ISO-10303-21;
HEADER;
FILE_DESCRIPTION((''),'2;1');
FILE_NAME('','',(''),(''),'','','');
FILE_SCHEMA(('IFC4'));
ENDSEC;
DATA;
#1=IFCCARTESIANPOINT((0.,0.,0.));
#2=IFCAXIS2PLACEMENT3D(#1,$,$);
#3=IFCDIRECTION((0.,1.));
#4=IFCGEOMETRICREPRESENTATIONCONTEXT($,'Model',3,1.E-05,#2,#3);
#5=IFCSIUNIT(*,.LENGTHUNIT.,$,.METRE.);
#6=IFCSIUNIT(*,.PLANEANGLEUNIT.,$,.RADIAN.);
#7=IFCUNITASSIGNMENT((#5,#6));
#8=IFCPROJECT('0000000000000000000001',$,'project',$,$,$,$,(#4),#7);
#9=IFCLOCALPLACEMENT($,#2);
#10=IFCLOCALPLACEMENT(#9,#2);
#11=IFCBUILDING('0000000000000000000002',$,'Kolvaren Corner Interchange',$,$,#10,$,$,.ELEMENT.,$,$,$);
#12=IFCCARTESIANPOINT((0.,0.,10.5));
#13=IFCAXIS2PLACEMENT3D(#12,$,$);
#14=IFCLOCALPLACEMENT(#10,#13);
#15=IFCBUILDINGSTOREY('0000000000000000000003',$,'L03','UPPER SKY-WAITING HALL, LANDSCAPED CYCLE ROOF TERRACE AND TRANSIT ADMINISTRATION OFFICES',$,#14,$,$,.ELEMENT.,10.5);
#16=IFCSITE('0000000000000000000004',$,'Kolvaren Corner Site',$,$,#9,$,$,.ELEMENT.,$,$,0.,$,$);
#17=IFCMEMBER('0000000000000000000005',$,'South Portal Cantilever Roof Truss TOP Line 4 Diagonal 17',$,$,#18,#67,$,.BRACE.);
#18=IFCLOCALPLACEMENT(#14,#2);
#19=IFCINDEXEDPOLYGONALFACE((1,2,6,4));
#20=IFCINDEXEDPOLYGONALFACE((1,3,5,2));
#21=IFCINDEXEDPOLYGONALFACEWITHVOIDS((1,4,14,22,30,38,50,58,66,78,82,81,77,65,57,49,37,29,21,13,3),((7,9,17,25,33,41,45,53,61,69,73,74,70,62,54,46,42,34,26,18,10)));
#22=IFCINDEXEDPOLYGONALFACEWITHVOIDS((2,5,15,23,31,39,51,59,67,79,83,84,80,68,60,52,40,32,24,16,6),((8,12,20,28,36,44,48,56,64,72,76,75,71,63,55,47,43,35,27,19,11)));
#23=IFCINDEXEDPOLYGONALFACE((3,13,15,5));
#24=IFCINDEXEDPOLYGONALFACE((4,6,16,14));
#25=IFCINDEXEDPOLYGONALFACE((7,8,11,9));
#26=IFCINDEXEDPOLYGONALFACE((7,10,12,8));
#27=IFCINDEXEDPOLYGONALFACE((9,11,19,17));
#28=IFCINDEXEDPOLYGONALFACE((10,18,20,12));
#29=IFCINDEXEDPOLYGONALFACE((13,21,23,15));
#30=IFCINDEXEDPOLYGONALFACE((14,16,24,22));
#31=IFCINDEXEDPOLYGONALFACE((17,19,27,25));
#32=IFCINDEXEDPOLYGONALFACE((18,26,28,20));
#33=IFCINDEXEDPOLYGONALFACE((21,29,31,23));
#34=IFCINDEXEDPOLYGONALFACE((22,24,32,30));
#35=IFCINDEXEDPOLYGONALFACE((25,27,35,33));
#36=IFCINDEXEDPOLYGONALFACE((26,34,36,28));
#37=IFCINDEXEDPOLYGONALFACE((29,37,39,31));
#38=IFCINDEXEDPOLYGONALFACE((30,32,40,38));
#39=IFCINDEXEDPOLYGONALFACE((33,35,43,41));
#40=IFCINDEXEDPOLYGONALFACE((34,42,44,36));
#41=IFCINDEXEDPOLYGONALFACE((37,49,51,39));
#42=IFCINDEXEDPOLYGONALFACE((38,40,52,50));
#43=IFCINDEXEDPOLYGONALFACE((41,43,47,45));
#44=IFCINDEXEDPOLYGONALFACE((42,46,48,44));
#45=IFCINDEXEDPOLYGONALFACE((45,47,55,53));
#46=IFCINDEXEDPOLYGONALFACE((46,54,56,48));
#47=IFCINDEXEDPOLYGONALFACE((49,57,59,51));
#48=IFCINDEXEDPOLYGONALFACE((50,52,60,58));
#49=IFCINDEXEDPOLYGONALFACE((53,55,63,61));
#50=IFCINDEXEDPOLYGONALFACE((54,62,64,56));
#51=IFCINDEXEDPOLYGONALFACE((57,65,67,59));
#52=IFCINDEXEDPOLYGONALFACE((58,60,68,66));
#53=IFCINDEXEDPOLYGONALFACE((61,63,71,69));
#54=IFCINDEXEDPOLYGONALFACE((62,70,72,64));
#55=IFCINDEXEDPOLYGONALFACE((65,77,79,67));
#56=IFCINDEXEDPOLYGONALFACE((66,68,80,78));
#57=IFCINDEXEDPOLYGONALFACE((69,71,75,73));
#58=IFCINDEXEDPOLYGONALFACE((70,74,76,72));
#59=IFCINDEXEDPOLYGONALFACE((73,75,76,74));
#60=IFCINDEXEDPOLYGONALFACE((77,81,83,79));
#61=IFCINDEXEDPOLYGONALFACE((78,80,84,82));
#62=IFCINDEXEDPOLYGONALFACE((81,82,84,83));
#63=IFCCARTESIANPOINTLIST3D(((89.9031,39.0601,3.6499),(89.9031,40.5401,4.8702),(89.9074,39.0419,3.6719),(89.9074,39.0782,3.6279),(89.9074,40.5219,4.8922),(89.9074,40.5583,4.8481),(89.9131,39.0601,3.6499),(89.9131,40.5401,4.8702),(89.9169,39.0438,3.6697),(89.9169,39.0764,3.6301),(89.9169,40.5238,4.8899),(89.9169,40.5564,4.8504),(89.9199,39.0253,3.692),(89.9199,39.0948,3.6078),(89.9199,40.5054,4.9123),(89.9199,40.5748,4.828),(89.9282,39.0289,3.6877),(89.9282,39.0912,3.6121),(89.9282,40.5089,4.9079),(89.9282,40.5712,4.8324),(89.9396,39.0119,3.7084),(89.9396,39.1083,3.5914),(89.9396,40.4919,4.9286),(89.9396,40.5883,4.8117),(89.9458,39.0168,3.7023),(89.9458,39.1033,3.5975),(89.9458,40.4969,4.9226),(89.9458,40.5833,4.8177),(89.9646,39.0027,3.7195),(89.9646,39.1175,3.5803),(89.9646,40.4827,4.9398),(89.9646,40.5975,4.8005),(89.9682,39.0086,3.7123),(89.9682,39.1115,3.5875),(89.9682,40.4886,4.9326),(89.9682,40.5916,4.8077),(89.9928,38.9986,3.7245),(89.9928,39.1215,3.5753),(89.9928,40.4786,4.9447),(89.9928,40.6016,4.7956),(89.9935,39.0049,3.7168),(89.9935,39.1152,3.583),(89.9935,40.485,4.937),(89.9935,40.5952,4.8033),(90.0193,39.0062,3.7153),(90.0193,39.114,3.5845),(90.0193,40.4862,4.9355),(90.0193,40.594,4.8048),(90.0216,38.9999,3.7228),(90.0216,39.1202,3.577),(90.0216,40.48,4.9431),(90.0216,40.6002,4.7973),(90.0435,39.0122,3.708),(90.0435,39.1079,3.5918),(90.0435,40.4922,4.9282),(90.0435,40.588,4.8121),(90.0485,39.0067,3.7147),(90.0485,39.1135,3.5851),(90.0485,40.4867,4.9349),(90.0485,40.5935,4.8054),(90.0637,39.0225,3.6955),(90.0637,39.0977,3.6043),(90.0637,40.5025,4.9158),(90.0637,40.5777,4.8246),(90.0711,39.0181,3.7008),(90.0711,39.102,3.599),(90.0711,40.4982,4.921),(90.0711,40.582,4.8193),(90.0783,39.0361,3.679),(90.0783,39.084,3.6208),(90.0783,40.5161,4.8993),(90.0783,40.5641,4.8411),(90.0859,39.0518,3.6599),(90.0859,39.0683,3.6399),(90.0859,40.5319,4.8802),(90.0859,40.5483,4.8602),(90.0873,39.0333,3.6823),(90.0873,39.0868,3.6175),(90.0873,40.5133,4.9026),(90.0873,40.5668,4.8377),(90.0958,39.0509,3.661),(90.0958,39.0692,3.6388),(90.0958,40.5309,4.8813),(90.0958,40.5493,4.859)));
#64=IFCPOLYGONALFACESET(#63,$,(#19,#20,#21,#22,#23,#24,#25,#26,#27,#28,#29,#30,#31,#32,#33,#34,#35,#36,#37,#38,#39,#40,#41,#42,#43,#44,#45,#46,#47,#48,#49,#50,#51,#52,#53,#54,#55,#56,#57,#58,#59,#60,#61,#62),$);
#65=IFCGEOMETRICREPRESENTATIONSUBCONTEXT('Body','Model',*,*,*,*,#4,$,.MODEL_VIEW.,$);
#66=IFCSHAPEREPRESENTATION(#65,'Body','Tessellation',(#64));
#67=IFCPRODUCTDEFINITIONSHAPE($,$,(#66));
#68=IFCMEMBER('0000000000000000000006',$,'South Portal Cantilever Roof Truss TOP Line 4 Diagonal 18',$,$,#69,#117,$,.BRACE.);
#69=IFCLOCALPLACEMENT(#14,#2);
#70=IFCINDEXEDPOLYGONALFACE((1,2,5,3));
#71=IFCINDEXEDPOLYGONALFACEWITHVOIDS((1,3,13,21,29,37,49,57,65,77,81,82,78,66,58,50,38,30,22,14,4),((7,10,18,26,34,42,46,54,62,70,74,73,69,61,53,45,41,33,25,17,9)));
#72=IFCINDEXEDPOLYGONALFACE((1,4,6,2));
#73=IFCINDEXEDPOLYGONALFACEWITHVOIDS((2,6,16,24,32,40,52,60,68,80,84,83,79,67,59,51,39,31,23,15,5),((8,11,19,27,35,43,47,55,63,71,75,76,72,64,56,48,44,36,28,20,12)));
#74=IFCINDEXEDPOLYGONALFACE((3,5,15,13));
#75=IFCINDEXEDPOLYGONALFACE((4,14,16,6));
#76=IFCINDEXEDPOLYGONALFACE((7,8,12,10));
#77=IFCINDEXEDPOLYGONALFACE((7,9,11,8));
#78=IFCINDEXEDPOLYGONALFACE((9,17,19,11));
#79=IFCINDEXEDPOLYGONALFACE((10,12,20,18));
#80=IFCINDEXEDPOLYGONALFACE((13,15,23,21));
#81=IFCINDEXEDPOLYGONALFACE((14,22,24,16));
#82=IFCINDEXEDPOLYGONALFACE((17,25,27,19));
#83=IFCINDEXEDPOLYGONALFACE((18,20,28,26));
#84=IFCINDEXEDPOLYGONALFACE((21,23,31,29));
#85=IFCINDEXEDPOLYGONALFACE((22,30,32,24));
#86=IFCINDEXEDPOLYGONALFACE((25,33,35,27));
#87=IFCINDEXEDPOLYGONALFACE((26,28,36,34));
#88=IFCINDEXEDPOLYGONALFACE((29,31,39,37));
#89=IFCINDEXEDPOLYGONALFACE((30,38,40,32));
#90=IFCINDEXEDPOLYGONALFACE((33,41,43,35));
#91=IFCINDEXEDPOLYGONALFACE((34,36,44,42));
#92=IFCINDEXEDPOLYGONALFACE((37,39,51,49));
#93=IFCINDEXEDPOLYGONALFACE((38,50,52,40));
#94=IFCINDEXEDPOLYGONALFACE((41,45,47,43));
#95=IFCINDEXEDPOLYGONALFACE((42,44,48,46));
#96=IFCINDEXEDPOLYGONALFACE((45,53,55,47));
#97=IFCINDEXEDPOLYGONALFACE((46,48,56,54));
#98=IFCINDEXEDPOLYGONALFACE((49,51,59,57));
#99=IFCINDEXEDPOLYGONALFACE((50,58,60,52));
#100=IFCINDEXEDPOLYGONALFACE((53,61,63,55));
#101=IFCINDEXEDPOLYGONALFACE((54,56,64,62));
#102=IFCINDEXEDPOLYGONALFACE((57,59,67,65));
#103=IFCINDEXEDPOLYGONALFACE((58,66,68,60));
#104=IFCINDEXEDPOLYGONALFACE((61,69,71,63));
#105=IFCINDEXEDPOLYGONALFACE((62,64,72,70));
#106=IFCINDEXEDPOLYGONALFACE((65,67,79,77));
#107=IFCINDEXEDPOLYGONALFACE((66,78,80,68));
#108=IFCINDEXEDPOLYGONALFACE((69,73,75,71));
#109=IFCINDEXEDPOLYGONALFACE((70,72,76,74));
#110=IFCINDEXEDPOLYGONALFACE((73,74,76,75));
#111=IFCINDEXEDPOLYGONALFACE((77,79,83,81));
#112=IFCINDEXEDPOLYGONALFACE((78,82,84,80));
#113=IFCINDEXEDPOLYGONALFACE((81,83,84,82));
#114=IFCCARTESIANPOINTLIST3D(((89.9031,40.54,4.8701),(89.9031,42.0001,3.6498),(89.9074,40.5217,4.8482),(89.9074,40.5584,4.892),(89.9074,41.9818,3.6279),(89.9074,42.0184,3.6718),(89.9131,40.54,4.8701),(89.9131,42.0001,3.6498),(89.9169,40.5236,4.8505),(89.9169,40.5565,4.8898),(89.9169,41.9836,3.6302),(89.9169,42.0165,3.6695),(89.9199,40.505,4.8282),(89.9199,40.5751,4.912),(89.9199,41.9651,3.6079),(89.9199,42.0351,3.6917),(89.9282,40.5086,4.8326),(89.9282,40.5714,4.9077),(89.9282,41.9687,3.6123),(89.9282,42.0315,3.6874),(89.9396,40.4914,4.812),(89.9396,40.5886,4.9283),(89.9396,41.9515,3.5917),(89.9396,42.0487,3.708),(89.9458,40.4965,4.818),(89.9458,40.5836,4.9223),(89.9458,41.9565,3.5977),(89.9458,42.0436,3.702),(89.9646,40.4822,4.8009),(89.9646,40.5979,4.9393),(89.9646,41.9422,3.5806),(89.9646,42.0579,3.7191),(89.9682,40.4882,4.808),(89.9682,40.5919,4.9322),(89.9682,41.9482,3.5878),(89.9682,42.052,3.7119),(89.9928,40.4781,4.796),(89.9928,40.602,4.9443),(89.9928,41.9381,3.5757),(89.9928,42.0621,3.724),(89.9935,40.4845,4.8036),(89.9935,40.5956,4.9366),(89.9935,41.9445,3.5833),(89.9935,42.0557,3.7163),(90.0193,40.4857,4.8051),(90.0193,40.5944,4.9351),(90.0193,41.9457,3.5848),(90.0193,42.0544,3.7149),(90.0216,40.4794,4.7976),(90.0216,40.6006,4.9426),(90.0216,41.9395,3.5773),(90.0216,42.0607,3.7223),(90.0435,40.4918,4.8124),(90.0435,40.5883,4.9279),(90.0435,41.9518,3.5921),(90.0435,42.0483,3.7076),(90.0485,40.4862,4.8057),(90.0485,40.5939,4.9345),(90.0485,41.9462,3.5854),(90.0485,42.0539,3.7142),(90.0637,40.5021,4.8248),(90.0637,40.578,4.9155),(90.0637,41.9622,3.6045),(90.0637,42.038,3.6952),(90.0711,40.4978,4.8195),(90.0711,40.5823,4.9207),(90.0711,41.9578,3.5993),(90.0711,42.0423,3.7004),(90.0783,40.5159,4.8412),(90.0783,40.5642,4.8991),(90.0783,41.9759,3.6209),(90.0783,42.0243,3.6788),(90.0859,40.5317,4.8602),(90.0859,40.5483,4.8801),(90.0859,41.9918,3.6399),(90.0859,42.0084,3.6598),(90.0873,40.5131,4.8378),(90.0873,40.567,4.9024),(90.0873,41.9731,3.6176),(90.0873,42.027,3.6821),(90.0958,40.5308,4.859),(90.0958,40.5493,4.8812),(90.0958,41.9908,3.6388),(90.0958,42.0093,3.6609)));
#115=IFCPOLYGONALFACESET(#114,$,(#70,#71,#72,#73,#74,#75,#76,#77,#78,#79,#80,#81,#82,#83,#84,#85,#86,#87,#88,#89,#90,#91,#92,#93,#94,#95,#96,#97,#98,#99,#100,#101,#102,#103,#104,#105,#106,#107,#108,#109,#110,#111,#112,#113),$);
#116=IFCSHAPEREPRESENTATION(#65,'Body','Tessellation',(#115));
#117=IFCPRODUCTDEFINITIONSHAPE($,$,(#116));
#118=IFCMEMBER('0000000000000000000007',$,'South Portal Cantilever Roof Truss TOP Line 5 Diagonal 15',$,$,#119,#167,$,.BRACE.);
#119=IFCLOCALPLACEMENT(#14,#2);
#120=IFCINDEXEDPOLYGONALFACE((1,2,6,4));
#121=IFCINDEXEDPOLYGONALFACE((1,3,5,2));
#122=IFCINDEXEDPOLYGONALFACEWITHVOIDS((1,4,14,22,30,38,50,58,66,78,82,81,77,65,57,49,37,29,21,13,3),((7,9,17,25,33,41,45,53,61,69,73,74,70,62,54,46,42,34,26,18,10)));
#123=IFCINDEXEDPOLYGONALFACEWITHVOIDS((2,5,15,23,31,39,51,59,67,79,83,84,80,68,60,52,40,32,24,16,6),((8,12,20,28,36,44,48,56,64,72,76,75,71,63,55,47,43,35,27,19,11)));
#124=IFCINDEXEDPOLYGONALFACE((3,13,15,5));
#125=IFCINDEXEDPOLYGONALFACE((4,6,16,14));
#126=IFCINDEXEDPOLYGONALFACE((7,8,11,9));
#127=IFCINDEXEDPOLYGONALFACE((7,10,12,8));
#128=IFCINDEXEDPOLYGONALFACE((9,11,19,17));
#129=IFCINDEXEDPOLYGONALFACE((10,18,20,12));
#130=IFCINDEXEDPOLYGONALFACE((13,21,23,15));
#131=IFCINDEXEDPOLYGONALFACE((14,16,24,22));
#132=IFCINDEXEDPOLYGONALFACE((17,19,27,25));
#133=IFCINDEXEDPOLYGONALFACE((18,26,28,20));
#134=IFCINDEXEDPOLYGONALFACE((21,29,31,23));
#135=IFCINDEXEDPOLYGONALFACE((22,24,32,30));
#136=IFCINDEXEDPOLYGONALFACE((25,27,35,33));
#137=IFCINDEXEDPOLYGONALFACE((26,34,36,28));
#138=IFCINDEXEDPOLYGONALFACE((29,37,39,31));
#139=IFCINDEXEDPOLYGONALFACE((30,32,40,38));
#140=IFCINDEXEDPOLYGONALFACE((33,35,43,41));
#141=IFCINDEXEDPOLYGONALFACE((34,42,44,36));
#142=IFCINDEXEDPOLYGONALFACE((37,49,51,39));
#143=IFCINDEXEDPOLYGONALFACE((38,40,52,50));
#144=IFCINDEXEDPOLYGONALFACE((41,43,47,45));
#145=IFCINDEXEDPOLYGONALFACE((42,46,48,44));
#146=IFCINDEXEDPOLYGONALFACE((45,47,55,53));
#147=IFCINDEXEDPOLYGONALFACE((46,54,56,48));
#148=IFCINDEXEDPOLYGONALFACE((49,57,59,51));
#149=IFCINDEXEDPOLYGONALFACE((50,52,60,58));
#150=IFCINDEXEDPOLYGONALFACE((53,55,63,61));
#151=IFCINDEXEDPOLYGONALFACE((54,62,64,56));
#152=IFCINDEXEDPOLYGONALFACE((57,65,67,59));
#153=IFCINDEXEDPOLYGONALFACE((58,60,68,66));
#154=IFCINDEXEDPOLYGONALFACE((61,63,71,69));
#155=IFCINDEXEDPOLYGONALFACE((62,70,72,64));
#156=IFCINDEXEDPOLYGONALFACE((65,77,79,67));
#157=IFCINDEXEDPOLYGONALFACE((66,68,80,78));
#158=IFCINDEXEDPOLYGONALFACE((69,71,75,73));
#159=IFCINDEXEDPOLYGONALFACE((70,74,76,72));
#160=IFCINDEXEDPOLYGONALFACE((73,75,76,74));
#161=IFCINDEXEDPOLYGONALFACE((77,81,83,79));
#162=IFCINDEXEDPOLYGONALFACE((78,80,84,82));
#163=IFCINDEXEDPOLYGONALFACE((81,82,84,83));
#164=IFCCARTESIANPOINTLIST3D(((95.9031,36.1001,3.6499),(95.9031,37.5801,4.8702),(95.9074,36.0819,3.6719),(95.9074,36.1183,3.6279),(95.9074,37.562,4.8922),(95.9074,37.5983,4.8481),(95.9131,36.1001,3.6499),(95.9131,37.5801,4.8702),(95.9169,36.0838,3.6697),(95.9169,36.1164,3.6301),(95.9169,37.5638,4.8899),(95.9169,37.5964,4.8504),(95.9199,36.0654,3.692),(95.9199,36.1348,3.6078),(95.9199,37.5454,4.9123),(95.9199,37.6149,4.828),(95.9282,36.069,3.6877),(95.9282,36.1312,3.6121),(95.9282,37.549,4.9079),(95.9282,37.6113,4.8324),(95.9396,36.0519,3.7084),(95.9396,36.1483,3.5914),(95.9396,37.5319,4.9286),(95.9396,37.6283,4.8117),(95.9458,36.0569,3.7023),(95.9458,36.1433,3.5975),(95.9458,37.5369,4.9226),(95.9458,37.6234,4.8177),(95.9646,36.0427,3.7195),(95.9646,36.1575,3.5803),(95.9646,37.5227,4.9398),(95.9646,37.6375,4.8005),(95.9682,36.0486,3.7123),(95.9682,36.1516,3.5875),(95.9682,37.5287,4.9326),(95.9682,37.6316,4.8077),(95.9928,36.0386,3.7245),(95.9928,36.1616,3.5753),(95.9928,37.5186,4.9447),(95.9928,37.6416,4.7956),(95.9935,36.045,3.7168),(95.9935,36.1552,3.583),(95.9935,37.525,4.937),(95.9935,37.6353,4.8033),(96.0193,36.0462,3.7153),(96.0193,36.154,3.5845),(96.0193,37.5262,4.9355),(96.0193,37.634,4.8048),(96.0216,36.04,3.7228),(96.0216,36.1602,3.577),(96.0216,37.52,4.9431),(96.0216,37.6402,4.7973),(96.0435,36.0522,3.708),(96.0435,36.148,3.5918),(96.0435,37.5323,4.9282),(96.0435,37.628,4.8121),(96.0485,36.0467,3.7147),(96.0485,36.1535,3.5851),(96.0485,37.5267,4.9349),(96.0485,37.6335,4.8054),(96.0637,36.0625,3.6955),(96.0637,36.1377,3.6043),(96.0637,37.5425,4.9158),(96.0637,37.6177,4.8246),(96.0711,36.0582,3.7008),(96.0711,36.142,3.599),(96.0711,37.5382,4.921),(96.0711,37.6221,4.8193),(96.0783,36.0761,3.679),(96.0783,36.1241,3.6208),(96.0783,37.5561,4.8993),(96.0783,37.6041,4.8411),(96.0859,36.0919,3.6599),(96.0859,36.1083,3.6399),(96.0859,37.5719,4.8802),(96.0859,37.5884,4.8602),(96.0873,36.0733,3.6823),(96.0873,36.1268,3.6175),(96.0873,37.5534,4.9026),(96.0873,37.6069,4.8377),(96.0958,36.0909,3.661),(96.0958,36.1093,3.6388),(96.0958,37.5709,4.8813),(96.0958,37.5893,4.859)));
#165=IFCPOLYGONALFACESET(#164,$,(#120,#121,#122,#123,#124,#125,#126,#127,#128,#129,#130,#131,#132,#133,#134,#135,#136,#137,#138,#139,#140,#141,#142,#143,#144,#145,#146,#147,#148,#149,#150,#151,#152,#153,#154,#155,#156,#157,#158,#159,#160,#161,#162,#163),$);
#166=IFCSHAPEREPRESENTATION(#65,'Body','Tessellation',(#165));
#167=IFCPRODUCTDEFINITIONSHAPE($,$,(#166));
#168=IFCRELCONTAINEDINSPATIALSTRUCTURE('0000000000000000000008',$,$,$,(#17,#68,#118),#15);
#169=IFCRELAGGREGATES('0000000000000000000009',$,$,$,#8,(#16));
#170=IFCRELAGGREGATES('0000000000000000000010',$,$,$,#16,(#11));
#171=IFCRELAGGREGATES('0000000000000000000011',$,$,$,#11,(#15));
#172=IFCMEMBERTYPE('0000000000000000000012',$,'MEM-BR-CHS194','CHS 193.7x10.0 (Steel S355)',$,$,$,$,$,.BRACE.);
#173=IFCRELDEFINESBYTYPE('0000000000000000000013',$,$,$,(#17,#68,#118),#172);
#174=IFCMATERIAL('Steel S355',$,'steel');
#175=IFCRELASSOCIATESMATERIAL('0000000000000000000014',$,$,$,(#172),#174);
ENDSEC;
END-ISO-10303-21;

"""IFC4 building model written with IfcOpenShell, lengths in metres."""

from ifc_helpers import new_model, si_unit, direction, frame, origin, origin_2d, place, context, subcontext, project, spatial, hollow_circle, extrude, material, material_profile, profile_set, type_object, element, save


model = new_model("IFC4")

# Units and contexts
model_context = context("Model", 3, precision=1e-05, world=origin(), true_north=direction((0.0, 1.0)))
body_context = subcontext(model_context, "Body", "Model", "MODEL_VIEW")
ifc_project = project(units=[si_unit("LENGTHUNIT", "METRE"), si_unit("PLANEANGLEUNIT", "RADIAN")], contexts=[model_context])

# Site, building, storey
site_placement = place(None, origin())
site = spatial("IfcSite", under=ifc_project, at=site_placement, Name="Kolvaren Corner Site", CompositionType="ELEMENT", RefElevation=0.0)
building_placement = place(site_placement, origin())
building = spatial("IfcBuilding", under=site, at=building_placement, Name="Kolvaren Corner Interchange", CompositionType="ELEMENT")
storey_placement = place(building_placement, frame((0.0, 0.0, 10.5)))
storey = spatial("IfcBuildingStorey", under=building, at=storey_placement, Name="L03", Description="UPPER SKY-WAITING HALL, LANDSCAPED CYCLE ROOF TERRACE AND TRANSIT ADMINISTRATION OFFICES", CompositionType="ELEMENT", Elevation=10.5)

# Members
ifc_material_1 = material(Name="Steel S355", Category="steel")
ifc_material_profile_1 = material_profile(ifc_material_1, hollow_circle(Radius=0.0969, WallThickness=0.01, at=origin_2d()), Name="CHS 193.7x10.0")
ifc_profile_set_1 = profile_set([ifc_material_profile_1], Name="Steel S355")
member_type_1 = type_object("IfcMemberType", Name="MEM-BR-CHS194", Description="CHS 193.7x10.0 (Steel S355)", PredefinedType="BRACE", material=ifc_profile_set_1)
for number, where, z_axis, x_axis, name in (
    (1, (90.0, 39.0601, 3.6499), (0.0, 0.77157, 0.636144), (-1.0, 0.0, 0.0), "South Portal Cantilever Roof Truss TOP Line 4 Diagonal 17"),
):
    element("IfcMember", number, at=place(storey_placement, frame(where, z_axis=z_axis, x_axis=x_axis)), inside=storey, type_object=member_type_1, Name=name, PredefinedType="BRACE", context=body_context, shape_type="SweptSolid", body=[
        extrude(hollow_circle(Radius=0.0969, WallThickness=0.01, at=origin_2d()), origin(), (0.0, 0.0, 1.0), 1.9182),
    ])
member_1_placement = place(storey_placement, frame((90.0, 40.54, 4.8701), z_axis=(0.0, 0.767295, -0.641294), x_axis=(-1.0, 0.0, 0.0)))
element("IfcMember", 2, at=member_1_placement, inside=storey, type_object=member_type_1, Name="South Portal Cantilever Roof Truss TOP Line 4 Diagonal 18", PredefinedType="BRACE", context=body_context, shape_type="SweptSolid", body=[
    extrude(hollow_circle(Radius=0.0969, WallThickness=0.01, at=origin_2d()), origin(), (0.0, 0.0, 1.0), 1.9028),
])
for number, where, z_axis, x_axis, name in (
    (3, (96.0, 36.1001, 3.6499), (0.0, 0.77157, 0.636144), (-1.0, 0.0, 0.0), "South Portal Cantilever Roof Truss TOP Line 5 Diagonal 15"),
):
    element("IfcMember", number, at=place(storey_placement, frame(where, z_axis=z_axis, x_axis=x_axis)), inside=storey, type_object=member_type_1, Name=name, PredefinedType="BRACE", context=body_context, shape_type="SweptSolid", body=[
        extrude(hollow_circle(Radius=0.0969, WallThickness=0.01, at=origin_2d()), origin(), (0.0, 0.0, 1.0), 1.9182),
    ])

save(model, "model.ifc")
